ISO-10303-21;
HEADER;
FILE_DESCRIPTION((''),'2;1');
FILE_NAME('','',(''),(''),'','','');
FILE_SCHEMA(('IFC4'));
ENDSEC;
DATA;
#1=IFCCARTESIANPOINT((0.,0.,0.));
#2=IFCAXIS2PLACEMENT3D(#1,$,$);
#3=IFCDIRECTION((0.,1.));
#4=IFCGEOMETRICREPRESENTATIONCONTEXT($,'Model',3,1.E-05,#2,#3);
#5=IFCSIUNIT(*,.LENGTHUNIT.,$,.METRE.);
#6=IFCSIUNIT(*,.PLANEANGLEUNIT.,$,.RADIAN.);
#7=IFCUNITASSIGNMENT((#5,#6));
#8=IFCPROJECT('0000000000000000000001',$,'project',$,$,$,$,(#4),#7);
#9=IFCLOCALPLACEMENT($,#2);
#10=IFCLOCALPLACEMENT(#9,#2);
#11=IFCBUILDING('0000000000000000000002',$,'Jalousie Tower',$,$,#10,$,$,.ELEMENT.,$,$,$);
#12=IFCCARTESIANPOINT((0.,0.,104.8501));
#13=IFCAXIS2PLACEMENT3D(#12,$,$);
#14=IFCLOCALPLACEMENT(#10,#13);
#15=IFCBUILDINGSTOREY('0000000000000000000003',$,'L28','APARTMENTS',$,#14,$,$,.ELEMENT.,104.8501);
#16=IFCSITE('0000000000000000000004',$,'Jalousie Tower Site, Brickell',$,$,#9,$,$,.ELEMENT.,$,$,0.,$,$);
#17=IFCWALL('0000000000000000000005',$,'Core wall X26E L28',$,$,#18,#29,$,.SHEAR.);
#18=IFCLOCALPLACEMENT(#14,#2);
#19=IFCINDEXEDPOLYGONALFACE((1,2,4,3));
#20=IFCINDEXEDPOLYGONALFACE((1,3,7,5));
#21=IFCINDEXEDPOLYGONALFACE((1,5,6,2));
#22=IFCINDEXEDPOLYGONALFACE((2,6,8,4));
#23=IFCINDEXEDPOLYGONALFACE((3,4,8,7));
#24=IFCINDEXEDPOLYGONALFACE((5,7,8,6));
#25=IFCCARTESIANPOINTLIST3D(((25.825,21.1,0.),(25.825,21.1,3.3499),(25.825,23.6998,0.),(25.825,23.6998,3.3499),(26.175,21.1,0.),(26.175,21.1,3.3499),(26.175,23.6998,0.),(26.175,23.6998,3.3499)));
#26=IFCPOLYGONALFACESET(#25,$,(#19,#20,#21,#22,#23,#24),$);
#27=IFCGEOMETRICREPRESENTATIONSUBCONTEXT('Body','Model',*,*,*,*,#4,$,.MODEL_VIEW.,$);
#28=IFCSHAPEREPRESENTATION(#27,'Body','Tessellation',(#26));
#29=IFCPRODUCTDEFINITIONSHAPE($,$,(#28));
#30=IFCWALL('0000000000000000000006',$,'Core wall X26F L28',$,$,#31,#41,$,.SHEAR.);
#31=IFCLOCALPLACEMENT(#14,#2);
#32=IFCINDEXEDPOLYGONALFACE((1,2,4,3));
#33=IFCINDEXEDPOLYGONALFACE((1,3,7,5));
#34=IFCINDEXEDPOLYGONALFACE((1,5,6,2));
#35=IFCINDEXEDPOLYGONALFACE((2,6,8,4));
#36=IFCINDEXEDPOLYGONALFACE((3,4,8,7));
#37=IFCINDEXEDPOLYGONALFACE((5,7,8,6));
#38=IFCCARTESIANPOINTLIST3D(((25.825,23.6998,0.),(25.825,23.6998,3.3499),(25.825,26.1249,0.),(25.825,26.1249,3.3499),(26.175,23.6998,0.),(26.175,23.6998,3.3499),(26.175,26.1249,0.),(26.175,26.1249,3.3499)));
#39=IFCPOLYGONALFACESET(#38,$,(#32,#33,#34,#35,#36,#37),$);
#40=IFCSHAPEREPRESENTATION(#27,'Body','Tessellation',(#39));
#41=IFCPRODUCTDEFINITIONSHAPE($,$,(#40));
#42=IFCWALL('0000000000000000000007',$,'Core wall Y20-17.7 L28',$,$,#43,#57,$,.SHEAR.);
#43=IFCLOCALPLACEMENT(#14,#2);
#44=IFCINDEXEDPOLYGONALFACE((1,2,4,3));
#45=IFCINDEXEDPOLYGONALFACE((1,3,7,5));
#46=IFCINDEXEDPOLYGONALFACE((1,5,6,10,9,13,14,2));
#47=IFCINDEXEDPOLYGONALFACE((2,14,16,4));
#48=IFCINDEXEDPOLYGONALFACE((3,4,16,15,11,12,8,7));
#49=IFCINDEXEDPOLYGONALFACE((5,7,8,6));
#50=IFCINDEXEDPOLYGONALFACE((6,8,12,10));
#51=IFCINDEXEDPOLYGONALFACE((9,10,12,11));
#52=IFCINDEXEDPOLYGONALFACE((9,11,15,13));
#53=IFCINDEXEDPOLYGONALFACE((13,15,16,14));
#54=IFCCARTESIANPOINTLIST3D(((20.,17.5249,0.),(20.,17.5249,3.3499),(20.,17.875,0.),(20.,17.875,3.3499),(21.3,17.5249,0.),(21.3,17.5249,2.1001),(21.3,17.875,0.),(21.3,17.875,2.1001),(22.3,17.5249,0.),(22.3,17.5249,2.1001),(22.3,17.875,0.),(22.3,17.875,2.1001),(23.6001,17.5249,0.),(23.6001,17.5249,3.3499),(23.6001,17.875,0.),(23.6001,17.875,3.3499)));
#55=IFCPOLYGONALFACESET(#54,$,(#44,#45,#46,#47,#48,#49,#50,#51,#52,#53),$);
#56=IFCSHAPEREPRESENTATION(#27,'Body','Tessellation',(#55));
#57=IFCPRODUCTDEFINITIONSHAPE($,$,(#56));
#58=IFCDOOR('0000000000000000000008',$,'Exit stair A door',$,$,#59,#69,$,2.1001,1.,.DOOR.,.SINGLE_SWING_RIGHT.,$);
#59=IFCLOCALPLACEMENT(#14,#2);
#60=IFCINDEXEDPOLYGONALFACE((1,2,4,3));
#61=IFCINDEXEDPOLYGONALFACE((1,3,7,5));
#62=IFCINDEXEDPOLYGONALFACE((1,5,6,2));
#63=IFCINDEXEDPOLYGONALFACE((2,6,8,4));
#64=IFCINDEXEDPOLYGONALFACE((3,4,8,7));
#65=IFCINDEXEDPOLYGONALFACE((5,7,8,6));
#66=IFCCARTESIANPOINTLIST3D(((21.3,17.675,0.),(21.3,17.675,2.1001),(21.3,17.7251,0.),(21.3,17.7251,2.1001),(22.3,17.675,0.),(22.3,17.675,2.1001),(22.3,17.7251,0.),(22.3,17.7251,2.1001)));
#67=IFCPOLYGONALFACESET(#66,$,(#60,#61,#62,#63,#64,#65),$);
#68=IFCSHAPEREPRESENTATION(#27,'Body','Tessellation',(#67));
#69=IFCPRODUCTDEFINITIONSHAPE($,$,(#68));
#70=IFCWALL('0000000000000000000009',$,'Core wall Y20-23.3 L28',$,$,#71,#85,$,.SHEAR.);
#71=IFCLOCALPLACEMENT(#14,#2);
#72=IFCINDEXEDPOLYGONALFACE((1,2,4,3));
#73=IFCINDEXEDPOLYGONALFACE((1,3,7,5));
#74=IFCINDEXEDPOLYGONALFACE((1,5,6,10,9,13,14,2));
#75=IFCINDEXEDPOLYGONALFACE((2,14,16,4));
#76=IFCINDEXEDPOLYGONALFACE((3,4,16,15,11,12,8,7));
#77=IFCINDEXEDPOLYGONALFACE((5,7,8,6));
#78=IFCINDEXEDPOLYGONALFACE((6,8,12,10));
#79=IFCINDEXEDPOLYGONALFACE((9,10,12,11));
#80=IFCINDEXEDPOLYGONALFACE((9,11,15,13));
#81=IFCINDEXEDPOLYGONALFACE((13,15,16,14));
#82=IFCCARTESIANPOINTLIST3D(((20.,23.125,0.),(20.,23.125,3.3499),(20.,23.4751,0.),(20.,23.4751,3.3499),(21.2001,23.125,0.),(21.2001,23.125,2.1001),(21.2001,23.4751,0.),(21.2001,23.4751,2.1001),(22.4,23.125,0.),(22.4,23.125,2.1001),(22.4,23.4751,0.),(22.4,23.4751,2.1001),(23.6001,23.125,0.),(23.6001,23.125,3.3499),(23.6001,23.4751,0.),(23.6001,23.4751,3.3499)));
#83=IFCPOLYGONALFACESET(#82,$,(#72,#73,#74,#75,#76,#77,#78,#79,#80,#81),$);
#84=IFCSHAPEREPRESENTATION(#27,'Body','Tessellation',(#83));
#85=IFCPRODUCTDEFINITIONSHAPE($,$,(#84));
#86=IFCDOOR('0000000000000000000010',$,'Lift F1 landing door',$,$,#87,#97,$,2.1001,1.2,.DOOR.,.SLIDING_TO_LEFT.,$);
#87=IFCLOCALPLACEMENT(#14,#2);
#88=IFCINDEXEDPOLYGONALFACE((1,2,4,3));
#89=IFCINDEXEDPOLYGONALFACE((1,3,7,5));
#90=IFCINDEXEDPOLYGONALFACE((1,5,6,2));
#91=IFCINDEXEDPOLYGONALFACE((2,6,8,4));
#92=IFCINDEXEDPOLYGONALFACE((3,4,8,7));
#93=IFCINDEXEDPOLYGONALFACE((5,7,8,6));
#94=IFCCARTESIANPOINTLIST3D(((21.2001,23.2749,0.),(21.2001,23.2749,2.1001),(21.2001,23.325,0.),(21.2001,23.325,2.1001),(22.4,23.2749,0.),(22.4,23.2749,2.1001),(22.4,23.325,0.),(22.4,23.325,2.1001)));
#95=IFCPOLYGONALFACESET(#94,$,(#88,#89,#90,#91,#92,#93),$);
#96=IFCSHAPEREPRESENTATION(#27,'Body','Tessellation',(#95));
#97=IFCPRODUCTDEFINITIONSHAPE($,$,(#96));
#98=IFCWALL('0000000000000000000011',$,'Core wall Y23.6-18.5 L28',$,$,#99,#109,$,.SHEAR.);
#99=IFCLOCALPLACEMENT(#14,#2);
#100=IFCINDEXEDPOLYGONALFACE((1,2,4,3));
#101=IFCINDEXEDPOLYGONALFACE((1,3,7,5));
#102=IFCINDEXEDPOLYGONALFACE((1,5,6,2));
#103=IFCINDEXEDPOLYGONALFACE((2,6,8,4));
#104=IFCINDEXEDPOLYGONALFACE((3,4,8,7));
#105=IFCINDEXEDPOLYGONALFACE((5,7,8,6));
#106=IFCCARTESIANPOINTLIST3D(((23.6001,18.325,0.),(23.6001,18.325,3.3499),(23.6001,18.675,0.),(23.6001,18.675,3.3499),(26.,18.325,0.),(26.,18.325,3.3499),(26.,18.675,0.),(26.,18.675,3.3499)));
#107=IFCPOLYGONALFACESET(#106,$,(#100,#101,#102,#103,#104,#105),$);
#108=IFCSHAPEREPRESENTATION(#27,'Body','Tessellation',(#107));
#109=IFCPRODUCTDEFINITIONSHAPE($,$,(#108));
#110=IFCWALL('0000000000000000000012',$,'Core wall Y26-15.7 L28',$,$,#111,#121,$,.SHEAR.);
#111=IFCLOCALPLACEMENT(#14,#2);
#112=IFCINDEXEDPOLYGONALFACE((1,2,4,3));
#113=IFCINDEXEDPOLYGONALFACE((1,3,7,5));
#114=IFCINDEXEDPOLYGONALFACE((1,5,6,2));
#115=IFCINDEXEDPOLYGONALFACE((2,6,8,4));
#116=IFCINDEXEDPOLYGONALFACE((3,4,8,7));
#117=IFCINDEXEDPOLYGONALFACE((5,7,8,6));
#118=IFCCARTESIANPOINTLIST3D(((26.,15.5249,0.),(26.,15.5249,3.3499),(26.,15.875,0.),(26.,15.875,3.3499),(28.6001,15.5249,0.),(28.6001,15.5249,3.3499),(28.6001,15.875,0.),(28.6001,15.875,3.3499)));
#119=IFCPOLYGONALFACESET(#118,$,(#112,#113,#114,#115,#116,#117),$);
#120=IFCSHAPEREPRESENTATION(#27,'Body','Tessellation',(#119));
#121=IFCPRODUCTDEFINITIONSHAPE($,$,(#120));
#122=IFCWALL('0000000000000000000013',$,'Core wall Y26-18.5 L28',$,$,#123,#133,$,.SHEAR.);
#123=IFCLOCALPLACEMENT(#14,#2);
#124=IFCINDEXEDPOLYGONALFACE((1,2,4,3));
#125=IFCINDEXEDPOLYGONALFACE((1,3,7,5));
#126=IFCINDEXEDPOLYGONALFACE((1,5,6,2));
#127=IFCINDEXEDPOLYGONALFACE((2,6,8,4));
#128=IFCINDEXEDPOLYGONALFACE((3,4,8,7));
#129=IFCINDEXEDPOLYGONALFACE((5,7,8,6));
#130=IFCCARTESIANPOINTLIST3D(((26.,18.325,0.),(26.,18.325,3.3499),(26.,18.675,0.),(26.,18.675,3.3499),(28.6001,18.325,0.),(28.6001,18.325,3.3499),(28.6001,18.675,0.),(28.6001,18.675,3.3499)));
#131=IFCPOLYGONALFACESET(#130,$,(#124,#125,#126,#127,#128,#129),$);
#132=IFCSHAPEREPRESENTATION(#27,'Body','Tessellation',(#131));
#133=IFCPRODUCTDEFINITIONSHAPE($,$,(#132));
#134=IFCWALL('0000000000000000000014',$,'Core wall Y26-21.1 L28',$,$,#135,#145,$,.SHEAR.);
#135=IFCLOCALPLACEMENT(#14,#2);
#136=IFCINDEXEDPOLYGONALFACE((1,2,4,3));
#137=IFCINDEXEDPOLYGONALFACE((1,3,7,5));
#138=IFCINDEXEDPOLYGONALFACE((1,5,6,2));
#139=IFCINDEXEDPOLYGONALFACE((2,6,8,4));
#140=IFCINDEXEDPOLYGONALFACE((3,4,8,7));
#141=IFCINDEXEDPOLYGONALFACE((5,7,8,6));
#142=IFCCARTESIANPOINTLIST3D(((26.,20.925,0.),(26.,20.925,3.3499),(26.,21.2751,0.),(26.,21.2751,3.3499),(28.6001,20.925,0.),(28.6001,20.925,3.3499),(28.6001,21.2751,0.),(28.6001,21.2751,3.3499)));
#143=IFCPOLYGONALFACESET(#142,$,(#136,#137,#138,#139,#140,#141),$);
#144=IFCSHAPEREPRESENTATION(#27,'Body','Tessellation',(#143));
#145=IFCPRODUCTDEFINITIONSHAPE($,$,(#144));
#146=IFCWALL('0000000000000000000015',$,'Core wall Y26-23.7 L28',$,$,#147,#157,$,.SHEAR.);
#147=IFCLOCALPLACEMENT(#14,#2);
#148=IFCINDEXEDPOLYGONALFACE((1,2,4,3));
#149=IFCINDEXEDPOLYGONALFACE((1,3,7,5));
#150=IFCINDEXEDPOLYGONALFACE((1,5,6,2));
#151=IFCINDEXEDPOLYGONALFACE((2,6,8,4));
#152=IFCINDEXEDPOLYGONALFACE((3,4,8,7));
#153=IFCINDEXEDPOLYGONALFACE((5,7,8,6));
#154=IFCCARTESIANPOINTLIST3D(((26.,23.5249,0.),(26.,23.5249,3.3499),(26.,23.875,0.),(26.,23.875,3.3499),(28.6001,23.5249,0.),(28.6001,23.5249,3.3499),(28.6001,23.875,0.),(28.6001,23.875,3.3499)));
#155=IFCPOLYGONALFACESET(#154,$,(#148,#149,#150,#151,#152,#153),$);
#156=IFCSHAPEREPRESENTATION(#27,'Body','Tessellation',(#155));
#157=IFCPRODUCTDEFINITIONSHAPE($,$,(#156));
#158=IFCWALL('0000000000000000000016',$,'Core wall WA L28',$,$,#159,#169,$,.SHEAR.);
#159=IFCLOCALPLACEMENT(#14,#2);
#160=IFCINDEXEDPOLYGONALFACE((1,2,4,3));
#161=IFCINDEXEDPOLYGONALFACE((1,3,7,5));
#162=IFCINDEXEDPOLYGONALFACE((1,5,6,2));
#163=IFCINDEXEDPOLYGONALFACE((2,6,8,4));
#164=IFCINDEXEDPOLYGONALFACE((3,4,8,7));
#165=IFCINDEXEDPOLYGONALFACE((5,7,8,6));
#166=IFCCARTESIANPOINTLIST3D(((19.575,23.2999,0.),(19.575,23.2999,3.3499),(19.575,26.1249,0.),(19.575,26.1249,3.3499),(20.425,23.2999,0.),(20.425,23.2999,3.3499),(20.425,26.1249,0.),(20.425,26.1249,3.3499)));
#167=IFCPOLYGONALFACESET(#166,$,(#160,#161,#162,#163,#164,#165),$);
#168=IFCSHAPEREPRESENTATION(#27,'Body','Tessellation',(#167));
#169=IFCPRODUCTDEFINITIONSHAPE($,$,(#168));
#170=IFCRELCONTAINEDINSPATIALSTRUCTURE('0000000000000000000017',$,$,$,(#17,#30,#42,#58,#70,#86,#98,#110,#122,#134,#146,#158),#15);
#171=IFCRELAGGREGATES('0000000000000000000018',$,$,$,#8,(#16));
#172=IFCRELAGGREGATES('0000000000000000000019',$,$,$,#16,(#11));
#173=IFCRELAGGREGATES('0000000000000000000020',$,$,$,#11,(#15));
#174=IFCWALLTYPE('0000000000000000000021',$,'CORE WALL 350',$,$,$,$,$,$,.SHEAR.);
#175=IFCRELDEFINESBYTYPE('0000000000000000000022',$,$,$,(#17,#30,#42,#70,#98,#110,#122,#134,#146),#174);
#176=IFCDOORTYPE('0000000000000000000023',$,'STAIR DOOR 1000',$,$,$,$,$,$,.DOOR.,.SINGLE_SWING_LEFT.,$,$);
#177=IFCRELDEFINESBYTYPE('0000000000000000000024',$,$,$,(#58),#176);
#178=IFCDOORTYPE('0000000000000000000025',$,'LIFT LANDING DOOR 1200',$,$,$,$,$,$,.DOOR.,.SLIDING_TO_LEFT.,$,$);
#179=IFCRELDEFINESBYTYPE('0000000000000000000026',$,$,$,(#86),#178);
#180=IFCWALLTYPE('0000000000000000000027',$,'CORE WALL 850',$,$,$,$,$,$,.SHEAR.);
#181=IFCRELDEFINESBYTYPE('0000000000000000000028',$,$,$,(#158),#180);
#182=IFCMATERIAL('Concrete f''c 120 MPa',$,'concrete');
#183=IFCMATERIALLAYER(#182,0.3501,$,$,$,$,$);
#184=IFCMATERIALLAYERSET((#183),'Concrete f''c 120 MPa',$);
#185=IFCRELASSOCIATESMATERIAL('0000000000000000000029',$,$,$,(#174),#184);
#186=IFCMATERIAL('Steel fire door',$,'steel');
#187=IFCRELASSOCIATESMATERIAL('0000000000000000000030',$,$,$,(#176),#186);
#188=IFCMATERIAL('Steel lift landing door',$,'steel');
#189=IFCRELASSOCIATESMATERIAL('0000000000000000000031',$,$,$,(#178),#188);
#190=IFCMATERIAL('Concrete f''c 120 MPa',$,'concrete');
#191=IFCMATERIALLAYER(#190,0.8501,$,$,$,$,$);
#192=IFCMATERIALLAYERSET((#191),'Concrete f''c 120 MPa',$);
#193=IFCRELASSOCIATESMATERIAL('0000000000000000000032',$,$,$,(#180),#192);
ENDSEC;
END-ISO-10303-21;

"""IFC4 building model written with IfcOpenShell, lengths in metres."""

from ifc_helpers import new_model, si_unit, direction, frame, frame_2d, origin, place, context, subcontext, project, spatial, rectangle, extrude, material, layer, layer_set, type_object, element, fill, save


model = new_model("IFC4")

# Units and contexts
model_context = context("Model", 3, precision=1e-05, world=origin(), true_north=direction((0.0, 1.0)))
body_context = subcontext(model_context, "Body", "Model", "MODEL_VIEW")
ifc_project = project(units=[si_unit("LENGTHUNIT", "METRE"), si_unit("PLANEANGLEUNIT", "RADIAN")], contexts=[model_context])

# Site, building, storey
site_placement = place(None, origin())
site = spatial("IfcSite", under=ifc_project, at=site_placement, Name="Jalousie Tower Site, Brickell", CompositionType="ELEMENT", RefElevation=0.0)
building_placement = place(site_placement, origin())
building = spatial("IfcBuilding", under=site, at=building_placement, Name="Jalousie Tower", CompositionType="ELEMENT")
storey_placement = place(building_placement, frame((0.0, 0.0, 104.8501)))
storey = spatial("IfcBuildingStorey", under=building, at=storey_placement, Name="L28", Description="APARTMENTS", CompositionType="ELEMENT", Elevation=104.8501)

# Walls
ifc_material_1 = material(Name="Concrete f'c 120 MPa", Category="concrete")
ifc_layer_1 = layer(ifc_material_1, 0.3501)
ifc_layer_set_1 = layer_set([ifc_layer_1], Name="Concrete f'c 120 MPa")
wall_type_1 = type_object("IfcWallType", Name="CORE WALL 350", PredefinedType="SHEAR", material=ifc_layer_set_1)
wall_1_placement = place(storey_placement, frame((26.0, 21.1001, 0.0), z_axis=(0.0, 0.0, 1.0), x_axis=(0.0, 1.0, 0.0)))
element("IfcWall", 1, at=wall_1_placement, inside=storey, type_object=wall_type_1, Name="Core wall X26E L28", PredefinedType="SHEAR", context=body_context, shape_type="SweptSolid", body=[
    extrude(rectangle(XDim=2.5999, YDim=0.3501, at=frame_2d((1.2998, 0.0))), origin(), (0.0, 0.0, 1.0), 3.3499),
])
wall_2_placement = place(storey_placement, frame((26.0, 23.7, 0.0), z_axis=(0.0, 0.0, 1.0), x_axis=(0.0, 1.0, 0.0)))
element("IfcWall", 2, at=wall_2_placement, inside=storey, type_object=wall_type_1, Name="Core wall X26F L28", PredefinedType="SHEAR", context=body_context, shape_type="SweptSolid", body=[
    extrude(rectangle(XDim=2.425, YDim=0.3501, at=frame_2d((1.2124, 0.0))), origin(), (0.0, 0.0, 1.0), 3.3499),
])

# Walls, openings, doors
wall_3_placement = place(storey_placement, frame((20.0, 17.7, 0.0), z_axis=(0.0, 0.0, 1.0), x_axis=(1.0, 0.0, 0.0)))
wall_3 = element("IfcWall", 3, at=wall_3_placement, inside=storey, type_object=wall_type_1, Name="Core wall Y20-17.7 L28", PredefinedType="SHEAR", context=body_context, shape_type="SweptSolid", body=[
    extrude(rectangle(XDim=3.6001, YDim=0.3501, at=frame_2d((1.8, 0.0))), origin(), (0.0, 0.0, 1.0), 3.3499),
])
opening_1_placement = place(wall_3_placement, frame((1.3, 0.0, 0.0)))
opening_1 = element("IfcOpeningElement", 4, at=opening_1_placement, cuts=wall_3, PredefinedType="OPENING", context=body_context, shape_type="SweptSolid", body=[
    extrude(rectangle(XDim=1.0, YDim=2.1001, at=frame_2d((0.5, 1.05))), frame((0.0, 0.1851, 0.0), z_axis=(0.0, -1.0, 0.0), x_axis=(1.0, 0.0, 0.0)), (0.0, 0.0, 1.0), 0.3701),
])
ifc_material_2 = material(Name="Steel fire door", Category="steel")
door_type_1 = type_object("IfcDoorType", Name="STAIR DOOR 1000", OperationType="SINGLE_SWING_LEFT", PredefinedType="DOOR", material=ifc_material_2)
door_1_placement = place(opening_1_placement, frame((1.0, 0.0, 0.0), z_axis=(0.0, 0.0, 1.0), x_axis=(-1.0, 0.0, 0.0)))
door_1 = element("IfcDoor", 5, at=door_1_placement, inside=storey, type_object=door_type_1, Name="Exit stair A door", OperationType="SINGLE_SWING_RIGHT", OverallHeight=2.1001, OverallWidth=1.0, PredefinedType="DOOR", context=body_context, shape_type="SweptSolid", body=[
    extrude(rectangle(XDim=1.0, YDim=2.1001, at=frame_2d((0.5, 1.05))), frame((0.0, 0.0249, 0.0), z_axis=(0.0, -1.0, 0.0), x_axis=(1.0, 0.0, 0.0)), (0.0, 0.0, 1.0), 0.05),
])
fill(opening_1, door_1)
wall_4_placement = place(storey_placement, frame((20.0, 23.3, 0.0), z_axis=(0.0, 0.0, 1.0), x_axis=(1.0, 0.0, 0.0)))
wall_4 = element("IfcWall", 6, at=wall_4_placement, inside=storey, type_object=wall_type_1, Name="Core wall Y20-23.3 L28", PredefinedType="SHEAR", context=body_context, shape_type="SweptSolid", body=[
    extrude(rectangle(XDim=3.6001, YDim=0.3501, at=frame_2d((1.8, 0.0))), origin(), (0.0, 0.0, 1.0), 3.3499),
])
opening_2_placement = place(wall_4_placement, frame((1.2, 0.0, 0.0)))
opening_2 = element("IfcOpeningElement", 7, at=opening_2_placement, cuts=wall_4, PredefinedType="OPENING", context=body_context, shape_type="SweptSolid", body=[
    extrude(rectangle(XDim=1.2, YDim=2.1001, at=frame_2d((0.6001, 1.05))), frame((0.0, 0.1851, 0.0), z_axis=(0.0, -1.0, 0.0), x_axis=(1.0, 0.0, 0.0)), (0.0, 0.0, 1.0), 0.3701),
])
ifc_material_3 = material(Name="Steel lift landing door", Category="steel")
door_type_2 = type_object("IfcDoorType", Name="LIFT LANDING DOOR 1200", OperationType="SLIDING_TO_LEFT", PredefinedType="DOOR", material=ifc_material_3)
door_2_placement = place(opening_2_placement, origin())
door_2 = element("IfcDoor", 8, at=door_2_placement, inside=storey, type_object=door_type_2, Name="Lift F1 landing door", OperationType="SLIDING_TO_LEFT", OverallHeight=2.1001, OverallWidth=1.2, PredefinedType="DOOR", context=body_context, shape_type="SweptSolid", body=[
    extrude(rectangle(XDim=1.2, YDim=2.1001, at=frame_2d((0.6001, 1.05))), frame((0.0, 0.0249, 0.0), z_axis=(0.0, -1.0, 0.0), x_axis=(1.0, 0.0, 0.0)), (0.0, 0.0, 1.0), 0.05),
])
fill(opening_2, door_2)

# Walls
wall_5_placement = place(storey_placement, frame((23.6001, 18.5, 0.0), z_axis=(0.0, 0.0, 1.0), x_axis=(1.0, 0.0, 0.0)))
element("IfcWall", 9, at=wall_5_placement, inside=storey, type_object=wall_type_1, Name="Core wall Y23.6-18.5 L28", PredefinedType="SHEAR", context=body_context, shape_type="SweptSolid", body=[
    extrude(rectangle(XDim=2.3999, YDim=0.3501, at=frame_2d((1.2, 0.0))), origin(), (0.0, 0.0, 1.0), 3.3499),
])
for number, where, z_axis, x_axis, name in (
    (10, (26.0, 15.7, 0.0), (0.0, 0.0, 1.0), (1.0, 0.0, 0.0), "Core wall Y26-15.7 L28"),
    (11, (26.0, 18.5, 0.0), (0.0, 0.0, 1.0), (1.0, 0.0, 0.0), "Core wall Y26-18.5 L28"),
    (12, (26.0, 21.1001, 0.0), (0.0, 0.0, 1.0), (1.0, 0.0, 0.0), "Core wall Y26-21.1 L28"),
    (13, (26.0, 23.7, 0.0), (0.0, 0.0, 1.0), (1.0, 0.0, 0.0), "Core wall Y26-23.7 L28"),
):
    element("IfcWall", number, at=place(storey_placement, frame(where, z_axis=z_axis, x_axis=x_axis)), inside=storey, type_object=wall_type_1, Name=name, PredefinedType="SHEAR", context=body_context, shape_type="SweptSolid", body=[
        extrude(rectangle(XDim=2.6001, YDim=0.3501, at=frame_2d((1.3, 0.0))), origin(), (0.0, 0.0, 1.0), 3.3499),
    ])
ifc_material_4 = material(Name="Concrete f'c 120 MPa", Category="concrete")
ifc_layer_2 = layer(ifc_material_4, 0.8501)
ifc_layer_set_2 = layer_set([ifc_layer_2], Name="Concrete f'c 120 MPa")
wall_type_2 = type_object("IfcWallType", Name="CORE WALL 850", PredefinedType="SHEAR", material=ifc_layer_set_2)
wall_6_placement = place(storey_placement, frame((20.0, 26.125, 0.0), z_axis=(0.0, 0.0, 1.0), x_axis=(0.0, -1.0, 0.0)))
element("IfcWall", 14, at=wall_6_placement, inside=storey, type_object=wall_type_2, Name="Core wall WA L28", PredefinedType="SHEAR", context=body_context, shape_type="SweptSolid", body=[
    extrude(rectangle(XDim=2.825, YDim=0.8501, at=frame_2d((1.4126, 0.0))), origin(), (0.0, 0.0, 1.0), 3.3499),
])

save(model, "model.ifc")
